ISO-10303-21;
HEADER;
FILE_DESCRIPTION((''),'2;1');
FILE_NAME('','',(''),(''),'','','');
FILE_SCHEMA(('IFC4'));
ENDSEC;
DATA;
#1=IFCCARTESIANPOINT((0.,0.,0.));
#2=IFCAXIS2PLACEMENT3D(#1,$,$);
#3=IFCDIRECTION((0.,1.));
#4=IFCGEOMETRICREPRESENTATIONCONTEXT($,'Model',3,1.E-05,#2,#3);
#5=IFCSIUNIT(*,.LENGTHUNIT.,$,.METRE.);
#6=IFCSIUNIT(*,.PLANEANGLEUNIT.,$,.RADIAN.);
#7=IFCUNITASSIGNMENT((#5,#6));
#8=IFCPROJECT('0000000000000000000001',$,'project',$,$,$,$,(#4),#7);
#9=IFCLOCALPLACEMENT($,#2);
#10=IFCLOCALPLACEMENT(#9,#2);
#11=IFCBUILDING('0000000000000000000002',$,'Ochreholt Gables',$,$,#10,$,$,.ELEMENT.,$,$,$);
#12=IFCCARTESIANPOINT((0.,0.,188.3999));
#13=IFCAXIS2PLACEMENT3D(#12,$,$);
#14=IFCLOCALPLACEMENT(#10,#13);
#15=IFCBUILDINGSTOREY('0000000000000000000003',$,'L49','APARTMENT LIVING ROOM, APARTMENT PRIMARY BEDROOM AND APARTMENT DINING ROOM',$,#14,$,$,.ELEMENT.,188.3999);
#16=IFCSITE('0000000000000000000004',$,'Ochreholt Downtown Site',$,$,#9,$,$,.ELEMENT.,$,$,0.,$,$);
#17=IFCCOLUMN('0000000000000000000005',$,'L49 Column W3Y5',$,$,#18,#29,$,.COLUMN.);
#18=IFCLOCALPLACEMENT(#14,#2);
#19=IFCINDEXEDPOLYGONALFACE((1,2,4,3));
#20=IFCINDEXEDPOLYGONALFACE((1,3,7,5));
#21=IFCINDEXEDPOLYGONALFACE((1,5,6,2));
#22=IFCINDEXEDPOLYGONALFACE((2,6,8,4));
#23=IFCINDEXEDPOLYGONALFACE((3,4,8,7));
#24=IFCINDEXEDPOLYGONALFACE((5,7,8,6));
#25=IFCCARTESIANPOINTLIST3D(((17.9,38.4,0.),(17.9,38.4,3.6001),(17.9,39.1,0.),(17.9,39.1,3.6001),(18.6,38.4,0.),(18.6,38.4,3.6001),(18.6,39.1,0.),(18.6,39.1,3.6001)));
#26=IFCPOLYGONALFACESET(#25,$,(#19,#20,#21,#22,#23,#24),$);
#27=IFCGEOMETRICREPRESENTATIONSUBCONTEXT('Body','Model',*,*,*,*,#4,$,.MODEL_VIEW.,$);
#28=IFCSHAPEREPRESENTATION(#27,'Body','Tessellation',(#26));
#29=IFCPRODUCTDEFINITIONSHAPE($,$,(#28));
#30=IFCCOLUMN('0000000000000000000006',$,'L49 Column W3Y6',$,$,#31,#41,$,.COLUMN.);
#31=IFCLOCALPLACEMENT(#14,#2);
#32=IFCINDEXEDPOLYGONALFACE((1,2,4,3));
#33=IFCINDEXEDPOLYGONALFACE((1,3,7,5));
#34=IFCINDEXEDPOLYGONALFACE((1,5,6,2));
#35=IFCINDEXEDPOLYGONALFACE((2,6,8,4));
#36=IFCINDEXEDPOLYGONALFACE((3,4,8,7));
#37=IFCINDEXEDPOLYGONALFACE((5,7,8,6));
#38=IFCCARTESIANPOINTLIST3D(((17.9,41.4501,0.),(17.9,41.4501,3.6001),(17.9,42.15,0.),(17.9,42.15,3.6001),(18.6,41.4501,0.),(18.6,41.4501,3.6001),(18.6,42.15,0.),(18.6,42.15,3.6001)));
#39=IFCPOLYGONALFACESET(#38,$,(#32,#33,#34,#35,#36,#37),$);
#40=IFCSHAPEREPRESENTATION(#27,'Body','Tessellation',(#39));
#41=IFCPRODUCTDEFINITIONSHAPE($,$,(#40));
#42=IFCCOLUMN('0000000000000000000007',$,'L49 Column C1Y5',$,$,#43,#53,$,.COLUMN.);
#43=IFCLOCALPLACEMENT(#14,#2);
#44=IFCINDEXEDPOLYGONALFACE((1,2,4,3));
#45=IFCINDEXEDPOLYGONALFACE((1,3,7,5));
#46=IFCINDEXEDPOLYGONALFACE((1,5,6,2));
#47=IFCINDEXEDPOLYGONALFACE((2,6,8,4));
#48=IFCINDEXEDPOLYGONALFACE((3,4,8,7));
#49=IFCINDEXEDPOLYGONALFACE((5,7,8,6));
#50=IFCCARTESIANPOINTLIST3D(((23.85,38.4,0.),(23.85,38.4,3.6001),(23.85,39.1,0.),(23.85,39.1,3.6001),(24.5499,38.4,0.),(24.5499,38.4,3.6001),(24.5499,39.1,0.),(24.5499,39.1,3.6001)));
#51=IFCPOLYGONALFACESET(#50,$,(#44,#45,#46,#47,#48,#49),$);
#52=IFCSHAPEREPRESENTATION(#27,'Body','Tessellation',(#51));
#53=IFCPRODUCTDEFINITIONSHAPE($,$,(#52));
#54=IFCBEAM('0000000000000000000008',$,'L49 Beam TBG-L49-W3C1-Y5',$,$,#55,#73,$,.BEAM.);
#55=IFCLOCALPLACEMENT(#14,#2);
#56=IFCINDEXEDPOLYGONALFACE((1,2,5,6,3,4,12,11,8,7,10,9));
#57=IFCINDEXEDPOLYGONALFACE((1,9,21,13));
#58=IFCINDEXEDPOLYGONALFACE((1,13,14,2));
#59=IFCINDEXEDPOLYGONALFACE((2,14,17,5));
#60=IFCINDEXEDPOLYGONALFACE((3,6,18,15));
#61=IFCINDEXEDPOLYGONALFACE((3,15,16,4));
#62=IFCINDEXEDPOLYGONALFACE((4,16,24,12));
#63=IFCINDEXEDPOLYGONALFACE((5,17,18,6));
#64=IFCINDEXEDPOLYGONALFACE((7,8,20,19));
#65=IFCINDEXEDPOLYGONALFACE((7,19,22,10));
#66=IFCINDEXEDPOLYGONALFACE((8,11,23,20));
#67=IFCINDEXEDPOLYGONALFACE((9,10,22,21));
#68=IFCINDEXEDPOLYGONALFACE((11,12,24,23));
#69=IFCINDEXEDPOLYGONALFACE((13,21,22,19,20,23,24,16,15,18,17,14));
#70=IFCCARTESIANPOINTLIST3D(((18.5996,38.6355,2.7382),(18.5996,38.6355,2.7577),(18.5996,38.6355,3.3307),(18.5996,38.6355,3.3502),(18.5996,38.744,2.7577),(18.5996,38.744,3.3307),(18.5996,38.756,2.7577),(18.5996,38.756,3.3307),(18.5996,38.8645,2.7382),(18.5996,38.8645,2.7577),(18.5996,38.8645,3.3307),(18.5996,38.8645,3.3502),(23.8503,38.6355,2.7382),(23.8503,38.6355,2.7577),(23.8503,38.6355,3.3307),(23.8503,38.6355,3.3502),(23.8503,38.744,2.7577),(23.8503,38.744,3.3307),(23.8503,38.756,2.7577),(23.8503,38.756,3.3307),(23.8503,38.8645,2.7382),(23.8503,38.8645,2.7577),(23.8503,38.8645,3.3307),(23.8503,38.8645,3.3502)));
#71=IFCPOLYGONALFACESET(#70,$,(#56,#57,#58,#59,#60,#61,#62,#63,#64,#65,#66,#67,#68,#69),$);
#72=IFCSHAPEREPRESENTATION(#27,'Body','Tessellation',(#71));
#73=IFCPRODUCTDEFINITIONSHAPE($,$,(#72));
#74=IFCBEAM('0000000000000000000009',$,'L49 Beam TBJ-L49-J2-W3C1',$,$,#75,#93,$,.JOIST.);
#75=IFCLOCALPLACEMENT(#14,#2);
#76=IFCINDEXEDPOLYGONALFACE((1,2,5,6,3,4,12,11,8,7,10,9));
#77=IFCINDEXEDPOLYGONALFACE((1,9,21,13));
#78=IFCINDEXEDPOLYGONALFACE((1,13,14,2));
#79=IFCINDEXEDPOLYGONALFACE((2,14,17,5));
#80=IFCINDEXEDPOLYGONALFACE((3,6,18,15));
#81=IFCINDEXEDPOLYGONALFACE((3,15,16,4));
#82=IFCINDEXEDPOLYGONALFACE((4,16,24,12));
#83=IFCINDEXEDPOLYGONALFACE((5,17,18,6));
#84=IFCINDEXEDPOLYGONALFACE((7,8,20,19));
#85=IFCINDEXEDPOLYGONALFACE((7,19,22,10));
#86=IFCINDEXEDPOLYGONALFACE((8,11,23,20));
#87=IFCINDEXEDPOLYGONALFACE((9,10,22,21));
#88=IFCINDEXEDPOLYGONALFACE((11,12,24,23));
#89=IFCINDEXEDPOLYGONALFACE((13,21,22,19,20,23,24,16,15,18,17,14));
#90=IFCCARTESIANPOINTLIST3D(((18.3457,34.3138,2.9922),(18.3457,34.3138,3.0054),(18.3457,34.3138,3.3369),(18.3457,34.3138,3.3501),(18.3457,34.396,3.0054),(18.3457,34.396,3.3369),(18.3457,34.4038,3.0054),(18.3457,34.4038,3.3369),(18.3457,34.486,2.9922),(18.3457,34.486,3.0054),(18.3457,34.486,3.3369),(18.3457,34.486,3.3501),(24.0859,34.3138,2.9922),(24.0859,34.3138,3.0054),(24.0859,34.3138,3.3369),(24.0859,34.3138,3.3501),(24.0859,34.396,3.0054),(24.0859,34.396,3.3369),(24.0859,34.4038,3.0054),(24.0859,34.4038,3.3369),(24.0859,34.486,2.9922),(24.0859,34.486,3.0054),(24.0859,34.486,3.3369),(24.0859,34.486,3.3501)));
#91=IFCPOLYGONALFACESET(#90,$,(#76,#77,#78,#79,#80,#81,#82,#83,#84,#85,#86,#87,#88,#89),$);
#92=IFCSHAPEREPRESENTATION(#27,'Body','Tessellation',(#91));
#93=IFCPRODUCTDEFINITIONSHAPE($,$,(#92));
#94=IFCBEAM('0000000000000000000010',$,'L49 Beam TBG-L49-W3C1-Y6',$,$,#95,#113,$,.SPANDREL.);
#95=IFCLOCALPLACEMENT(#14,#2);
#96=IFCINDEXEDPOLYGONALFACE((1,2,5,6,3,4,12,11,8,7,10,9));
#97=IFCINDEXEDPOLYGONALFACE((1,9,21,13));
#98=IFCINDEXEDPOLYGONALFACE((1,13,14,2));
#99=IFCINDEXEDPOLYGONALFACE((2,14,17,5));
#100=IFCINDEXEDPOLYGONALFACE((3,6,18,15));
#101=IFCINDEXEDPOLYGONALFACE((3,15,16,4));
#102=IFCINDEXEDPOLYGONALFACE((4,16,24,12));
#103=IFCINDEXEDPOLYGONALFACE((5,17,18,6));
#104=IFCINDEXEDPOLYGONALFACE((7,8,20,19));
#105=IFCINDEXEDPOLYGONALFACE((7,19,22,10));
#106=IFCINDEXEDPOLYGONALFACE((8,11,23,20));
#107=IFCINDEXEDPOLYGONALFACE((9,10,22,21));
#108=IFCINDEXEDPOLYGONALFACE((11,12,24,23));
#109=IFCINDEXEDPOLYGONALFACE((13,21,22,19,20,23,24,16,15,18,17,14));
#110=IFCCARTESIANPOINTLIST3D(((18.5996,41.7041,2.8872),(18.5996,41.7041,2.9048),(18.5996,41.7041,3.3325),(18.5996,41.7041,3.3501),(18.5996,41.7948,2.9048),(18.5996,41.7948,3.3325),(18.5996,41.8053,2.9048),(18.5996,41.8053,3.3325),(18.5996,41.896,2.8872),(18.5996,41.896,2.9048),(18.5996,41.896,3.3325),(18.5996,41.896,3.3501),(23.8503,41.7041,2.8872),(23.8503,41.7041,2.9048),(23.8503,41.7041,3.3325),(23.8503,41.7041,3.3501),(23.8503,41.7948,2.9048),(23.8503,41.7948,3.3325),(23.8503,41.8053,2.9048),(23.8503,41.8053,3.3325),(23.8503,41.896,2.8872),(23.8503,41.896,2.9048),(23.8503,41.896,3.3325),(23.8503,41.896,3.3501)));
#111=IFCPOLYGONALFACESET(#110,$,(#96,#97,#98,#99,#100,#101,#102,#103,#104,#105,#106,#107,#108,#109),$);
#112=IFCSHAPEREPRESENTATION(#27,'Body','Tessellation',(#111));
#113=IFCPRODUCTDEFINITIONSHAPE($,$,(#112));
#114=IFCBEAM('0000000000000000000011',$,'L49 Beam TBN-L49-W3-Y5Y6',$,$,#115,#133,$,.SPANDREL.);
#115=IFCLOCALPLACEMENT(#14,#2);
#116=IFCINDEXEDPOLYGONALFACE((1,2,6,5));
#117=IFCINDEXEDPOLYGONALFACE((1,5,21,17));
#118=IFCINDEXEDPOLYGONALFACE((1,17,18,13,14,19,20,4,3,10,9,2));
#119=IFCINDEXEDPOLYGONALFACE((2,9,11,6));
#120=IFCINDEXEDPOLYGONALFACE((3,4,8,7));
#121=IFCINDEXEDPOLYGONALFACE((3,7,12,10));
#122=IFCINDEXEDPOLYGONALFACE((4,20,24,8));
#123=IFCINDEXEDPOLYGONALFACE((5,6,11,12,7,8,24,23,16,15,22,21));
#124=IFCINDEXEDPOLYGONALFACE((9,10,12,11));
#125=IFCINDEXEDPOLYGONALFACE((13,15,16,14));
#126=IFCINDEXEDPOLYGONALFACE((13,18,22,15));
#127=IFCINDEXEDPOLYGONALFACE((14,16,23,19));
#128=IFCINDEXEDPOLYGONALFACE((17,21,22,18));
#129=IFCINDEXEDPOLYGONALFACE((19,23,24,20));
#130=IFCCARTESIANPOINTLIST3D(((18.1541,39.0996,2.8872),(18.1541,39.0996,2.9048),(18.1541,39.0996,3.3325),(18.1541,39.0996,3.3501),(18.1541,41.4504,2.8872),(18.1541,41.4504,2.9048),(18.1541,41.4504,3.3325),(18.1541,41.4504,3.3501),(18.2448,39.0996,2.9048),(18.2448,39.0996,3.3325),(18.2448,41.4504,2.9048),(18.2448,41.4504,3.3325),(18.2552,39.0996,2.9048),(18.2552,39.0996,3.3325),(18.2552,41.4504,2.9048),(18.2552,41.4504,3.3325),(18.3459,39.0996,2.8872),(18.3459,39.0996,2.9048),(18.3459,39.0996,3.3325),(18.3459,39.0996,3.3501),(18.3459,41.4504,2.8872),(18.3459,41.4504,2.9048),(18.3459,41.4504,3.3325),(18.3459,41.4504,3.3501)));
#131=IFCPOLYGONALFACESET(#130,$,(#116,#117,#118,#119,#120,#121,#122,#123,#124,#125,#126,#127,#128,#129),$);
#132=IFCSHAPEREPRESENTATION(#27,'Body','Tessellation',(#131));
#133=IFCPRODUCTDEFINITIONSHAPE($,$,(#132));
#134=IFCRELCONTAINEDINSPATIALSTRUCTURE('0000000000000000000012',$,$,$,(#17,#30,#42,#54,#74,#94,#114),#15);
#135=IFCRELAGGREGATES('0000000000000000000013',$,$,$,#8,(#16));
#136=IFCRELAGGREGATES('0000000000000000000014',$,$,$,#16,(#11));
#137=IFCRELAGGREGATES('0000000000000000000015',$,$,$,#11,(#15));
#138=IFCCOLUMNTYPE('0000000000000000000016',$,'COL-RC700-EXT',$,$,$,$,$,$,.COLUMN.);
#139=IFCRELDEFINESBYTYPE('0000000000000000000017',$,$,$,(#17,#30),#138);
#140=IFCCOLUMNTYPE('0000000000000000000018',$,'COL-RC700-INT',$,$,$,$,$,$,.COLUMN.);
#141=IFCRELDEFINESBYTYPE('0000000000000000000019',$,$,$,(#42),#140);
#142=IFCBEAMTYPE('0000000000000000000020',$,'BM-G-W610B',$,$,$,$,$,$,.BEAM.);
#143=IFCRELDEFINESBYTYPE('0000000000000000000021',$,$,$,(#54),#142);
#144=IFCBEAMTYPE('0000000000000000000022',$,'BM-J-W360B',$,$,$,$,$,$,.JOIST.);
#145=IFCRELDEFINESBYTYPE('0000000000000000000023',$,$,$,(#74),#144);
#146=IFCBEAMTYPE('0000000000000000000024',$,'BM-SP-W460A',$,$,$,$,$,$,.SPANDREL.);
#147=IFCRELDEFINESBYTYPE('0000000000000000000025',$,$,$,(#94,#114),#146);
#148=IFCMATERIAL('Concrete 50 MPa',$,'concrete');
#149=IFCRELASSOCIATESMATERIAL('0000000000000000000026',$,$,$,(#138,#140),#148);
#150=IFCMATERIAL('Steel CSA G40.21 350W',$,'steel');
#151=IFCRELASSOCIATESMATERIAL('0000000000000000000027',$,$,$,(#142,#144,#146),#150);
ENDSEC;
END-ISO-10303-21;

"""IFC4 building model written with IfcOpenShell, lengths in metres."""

from ifc_helpers import new_model, si_unit, direction, frame, origin, origin_2d, place, context, subcontext, project, spatial, rectangle, i_section, extrude, material, material_profile, profile_set, type_object, element, save


model = new_model("IFC4")

# Units and contexts
model_context = context("Model", 3, precision=1e-05, world=origin(), true_north=direction((0.0, 1.0)))
body_context = subcontext(model_context, "Body", "Model", "MODEL_VIEW")
ifc_project = project(units=[si_unit("LENGTHUNIT", "METRE"), si_unit("PLANEANGLEUNIT", "RADIAN")], contexts=[model_context])

# Site, building, storey
site_placement = place(None, origin())
site = spatial("IfcSite", under=ifc_project, at=site_placement, Name="Ochreholt Downtown Site", CompositionType="ELEMENT", RefElevation=0.0)
building_placement = place(site_placement, origin())
building = spatial("IfcBuilding", under=site, at=building_placement, Name="Ochreholt Gables", CompositionType="ELEMENT")
storey_placement = place(building_placement, frame((0.0, 0.0, 188.3999)))
storey = spatial("IfcBuildingStorey", under=building, at=storey_placement, Name="L49", Description="APARTMENT LIVING ROOM, APARTMENT PRIMARY BEDROOM AND APARTMENT DINING ROOM", CompositionType="ELEMENT", Elevation=188.3999)

# Columns
ifc_material_1 = material(Name="Concrete 50 MPa", Category="concrete")
ifc_material_profile_1 = material_profile(ifc_material_1, rectangle(XDim=0.7, YDim=0.7, at=origin_2d()), Name="RC700X700")
ifc_profile_set_1 = profile_set([ifc_material_profile_1], Name="Concrete 50 MPa")
column_type_1 = type_object("IfcColumnType", Name="COL-RC700-EXT", PredefinedType="COLUMN", material=ifc_profile_set_1)
for number, where, z_axis, x_axis, name in (
    (1, (18.25, 38.75, 0.0), (0.0, 0.0, 1.0), (1.0, 0.0, 0.0), "L49 Column W3Y5"),
    (2, (18.25, 41.8, 0.0), (0.0, 0.0, 1.0), (1.0, 0.0, 0.0), "L49 Column W3Y6"),
):
    element("IfcColumn", number, at=place(storey_placement, frame(where, z_axis=z_axis, x_axis=x_axis)), inside=storey, type_object=column_type_1, Name=name, PredefinedType="COLUMN", context=body_context, shape_type="SweptSolid", body=[
        extrude(rectangle(XDim=0.7, YDim=0.7, at=origin_2d()), origin(), (0.0, 0.0, 1.0), 3.6001),
    ])
ifc_material_profile_2 = material_profile(ifc_material_1, rectangle(XDim=0.7, YDim=0.7, at=origin_2d()), Name="RC700X700")
ifc_profile_set_2 = profile_set([ifc_material_profile_2], Name="Concrete 50 MPa")
column_type_2 = type_object("IfcColumnType", Name="COL-RC700-INT", PredefinedType="COLUMN", material=ifc_profile_set_2)
column_placement = place(storey_placement, frame((24.2, 38.75, 0.0), z_axis=(0.0, 0.0, 1.0), x_axis=(1.0, 0.0, 0.0)))
element("IfcColumn", 3, at=column_placement, inside=storey, type_object=column_type_2, Name="L49 Column C1Y5", PredefinedType="COLUMN", context=body_context, shape_type="SweptSolid", body=[
    extrude(rectangle(XDim=0.7, YDim=0.7, at=origin_2d()), origin(), (0.0, 0.0, 1.0), 3.6001),
])

# Beams
ifc_material_2 = material(Name="Steel CSA G40.21 350W", Category="steel")
ifc_material_profile_3 = material_profile(ifc_material_2, i_section(OverallWidth=0.229, OverallDepth=0.6121, WebThickness=0.012, FlangeThickness=0.0195, at=origin_2d()), Name="W610X125")
ifc_profile_set_3 = profile_set([ifc_material_profile_3], Name="Steel CSA G40.21 350W")
beam_type_1 = type_object("IfcBeamType", Name="BM-G-W610B", PredefinedType="BEAM", material=ifc_profile_set_3)
beam_1_placement = place(storey_placement, frame((18.5996, 38.75, 3.0442), z_axis=(1.0, 0.0, 0.0), x_axis=(0.0, 1.0, 0.0)))
element("IfcBeam", 4, at=beam_1_placement, inside=storey, type_object=beam_type_1, Name="L49 Beam TBG-L49-W3C1-Y5", PredefinedType="BEAM", context=body_context, shape_type="SweptSolid", body=[
    extrude(i_section(OverallWidth=0.229, OverallDepth=0.6121, WebThickness=0.012, FlangeThickness=0.0195, at=origin_2d()), origin(), (0.0, 0.0, 1.0), 5.2507),
])
ifc_material_profile_4 = material_profile(ifc_material_2, i_section(OverallWidth=0.1721, OverallDepth=0.3579, WebThickness=0.0078, FlangeThickness=0.0132, at=origin_2d()), Name="W360X57")
ifc_profile_set_4 = profile_set([ifc_material_profile_4], Name="Steel CSA G40.21 350W")
beam_type_2 = type_object("IfcBeamType", Name="BM-J-W360B", PredefinedType="JOIST", material=ifc_profile_set_4)
beam_2_placement = place(storey_placement, frame((18.3457, 34.3999, 3.1711), z_axis=(1.0, 0.0, 0.0), x_axis=(0.0, 1.0, 0.0)))
element("IfcBeam", 5, at=beam_2_placement, inside=storey, type_object=beam_type_2, Name="L49 Beam TBJ-L49-J2-W3C1", PredefinedType="JOIST", context=body_context, shape_type="SweptSolid", body=[
    extrude(i_section(OverallWidth=0.1721, OverallDepth=0.3579, WebThickness=0.0078, FlangeThickness=0.0132, at=origin_2d()), origin(), (0.0, 0.0, 1.0), 5.7402),
])
ifc_material_profile_5 = material_profile(ifc_material_2, i_section(OverallWidth=0.1919, OverallDepth=0.4629, WebThickness=0.0105, FlangeThickness=0.0176, at=origin_2d()), Name="W460X89")
ifc_profile_set_5 = profile_set([ifc_material_profile_5], Name="Steel CSA G40.21 350W")
beam_type_3 = type_object("IfcBeamType", Name="BM-SP-W460A", PredefinedType="SPANDREL", material=ifc_profile_set_5)
beam_3_placement = place(storey_placement, frame((18.5996, 41.8, 3.1187), z_axis=(1.0, 0.0, 0.0), x_axis=(0.0, 1.0, 0.0)))
element("IfcBeam", 6, at=beam_3_placement, inside=storey, type_object=beam_type_3, Name="L49 Beam TBG-L49-W3C1-Y6", PredefinedType="SPANDREL", context=body_context, shape_type="SweptSolid", body=[
    extrude(i_section(OverallWidth=0.1919, OverallDepth=0.4629, WebThickness=0.0105, FlangeThickness=0.0176, at=origin_2d()), origin(), (0.0, 0.0, 1.0), 5.2507),
])
beam_4_placement = place(storey_placement, frame((18.25, 39.0996, 3.1187), z_axis=(0.0, 1.0, 0.0), x_axis=(-1.0, 0.0, 0.0)))
element("IfcBeam", 7, at=beam_4_placement, inside=storey, type_object=beam_type_3, Name="L49 Beam TBN-L49-W3-Y5Y6", PredefinedType="SPANDREL", context=body_context, shape_type="SweptSolid", body=[
    extrude(i_section(OverallWidth=0.1919, OverallDepth=0.4629, WebThickness=0.0105, FlangeThickness=0.0176, at=origin_2d()), origin(), (0.0, 0.0, 1.0), 2.3508),
])

save(model, "model.ifc")
